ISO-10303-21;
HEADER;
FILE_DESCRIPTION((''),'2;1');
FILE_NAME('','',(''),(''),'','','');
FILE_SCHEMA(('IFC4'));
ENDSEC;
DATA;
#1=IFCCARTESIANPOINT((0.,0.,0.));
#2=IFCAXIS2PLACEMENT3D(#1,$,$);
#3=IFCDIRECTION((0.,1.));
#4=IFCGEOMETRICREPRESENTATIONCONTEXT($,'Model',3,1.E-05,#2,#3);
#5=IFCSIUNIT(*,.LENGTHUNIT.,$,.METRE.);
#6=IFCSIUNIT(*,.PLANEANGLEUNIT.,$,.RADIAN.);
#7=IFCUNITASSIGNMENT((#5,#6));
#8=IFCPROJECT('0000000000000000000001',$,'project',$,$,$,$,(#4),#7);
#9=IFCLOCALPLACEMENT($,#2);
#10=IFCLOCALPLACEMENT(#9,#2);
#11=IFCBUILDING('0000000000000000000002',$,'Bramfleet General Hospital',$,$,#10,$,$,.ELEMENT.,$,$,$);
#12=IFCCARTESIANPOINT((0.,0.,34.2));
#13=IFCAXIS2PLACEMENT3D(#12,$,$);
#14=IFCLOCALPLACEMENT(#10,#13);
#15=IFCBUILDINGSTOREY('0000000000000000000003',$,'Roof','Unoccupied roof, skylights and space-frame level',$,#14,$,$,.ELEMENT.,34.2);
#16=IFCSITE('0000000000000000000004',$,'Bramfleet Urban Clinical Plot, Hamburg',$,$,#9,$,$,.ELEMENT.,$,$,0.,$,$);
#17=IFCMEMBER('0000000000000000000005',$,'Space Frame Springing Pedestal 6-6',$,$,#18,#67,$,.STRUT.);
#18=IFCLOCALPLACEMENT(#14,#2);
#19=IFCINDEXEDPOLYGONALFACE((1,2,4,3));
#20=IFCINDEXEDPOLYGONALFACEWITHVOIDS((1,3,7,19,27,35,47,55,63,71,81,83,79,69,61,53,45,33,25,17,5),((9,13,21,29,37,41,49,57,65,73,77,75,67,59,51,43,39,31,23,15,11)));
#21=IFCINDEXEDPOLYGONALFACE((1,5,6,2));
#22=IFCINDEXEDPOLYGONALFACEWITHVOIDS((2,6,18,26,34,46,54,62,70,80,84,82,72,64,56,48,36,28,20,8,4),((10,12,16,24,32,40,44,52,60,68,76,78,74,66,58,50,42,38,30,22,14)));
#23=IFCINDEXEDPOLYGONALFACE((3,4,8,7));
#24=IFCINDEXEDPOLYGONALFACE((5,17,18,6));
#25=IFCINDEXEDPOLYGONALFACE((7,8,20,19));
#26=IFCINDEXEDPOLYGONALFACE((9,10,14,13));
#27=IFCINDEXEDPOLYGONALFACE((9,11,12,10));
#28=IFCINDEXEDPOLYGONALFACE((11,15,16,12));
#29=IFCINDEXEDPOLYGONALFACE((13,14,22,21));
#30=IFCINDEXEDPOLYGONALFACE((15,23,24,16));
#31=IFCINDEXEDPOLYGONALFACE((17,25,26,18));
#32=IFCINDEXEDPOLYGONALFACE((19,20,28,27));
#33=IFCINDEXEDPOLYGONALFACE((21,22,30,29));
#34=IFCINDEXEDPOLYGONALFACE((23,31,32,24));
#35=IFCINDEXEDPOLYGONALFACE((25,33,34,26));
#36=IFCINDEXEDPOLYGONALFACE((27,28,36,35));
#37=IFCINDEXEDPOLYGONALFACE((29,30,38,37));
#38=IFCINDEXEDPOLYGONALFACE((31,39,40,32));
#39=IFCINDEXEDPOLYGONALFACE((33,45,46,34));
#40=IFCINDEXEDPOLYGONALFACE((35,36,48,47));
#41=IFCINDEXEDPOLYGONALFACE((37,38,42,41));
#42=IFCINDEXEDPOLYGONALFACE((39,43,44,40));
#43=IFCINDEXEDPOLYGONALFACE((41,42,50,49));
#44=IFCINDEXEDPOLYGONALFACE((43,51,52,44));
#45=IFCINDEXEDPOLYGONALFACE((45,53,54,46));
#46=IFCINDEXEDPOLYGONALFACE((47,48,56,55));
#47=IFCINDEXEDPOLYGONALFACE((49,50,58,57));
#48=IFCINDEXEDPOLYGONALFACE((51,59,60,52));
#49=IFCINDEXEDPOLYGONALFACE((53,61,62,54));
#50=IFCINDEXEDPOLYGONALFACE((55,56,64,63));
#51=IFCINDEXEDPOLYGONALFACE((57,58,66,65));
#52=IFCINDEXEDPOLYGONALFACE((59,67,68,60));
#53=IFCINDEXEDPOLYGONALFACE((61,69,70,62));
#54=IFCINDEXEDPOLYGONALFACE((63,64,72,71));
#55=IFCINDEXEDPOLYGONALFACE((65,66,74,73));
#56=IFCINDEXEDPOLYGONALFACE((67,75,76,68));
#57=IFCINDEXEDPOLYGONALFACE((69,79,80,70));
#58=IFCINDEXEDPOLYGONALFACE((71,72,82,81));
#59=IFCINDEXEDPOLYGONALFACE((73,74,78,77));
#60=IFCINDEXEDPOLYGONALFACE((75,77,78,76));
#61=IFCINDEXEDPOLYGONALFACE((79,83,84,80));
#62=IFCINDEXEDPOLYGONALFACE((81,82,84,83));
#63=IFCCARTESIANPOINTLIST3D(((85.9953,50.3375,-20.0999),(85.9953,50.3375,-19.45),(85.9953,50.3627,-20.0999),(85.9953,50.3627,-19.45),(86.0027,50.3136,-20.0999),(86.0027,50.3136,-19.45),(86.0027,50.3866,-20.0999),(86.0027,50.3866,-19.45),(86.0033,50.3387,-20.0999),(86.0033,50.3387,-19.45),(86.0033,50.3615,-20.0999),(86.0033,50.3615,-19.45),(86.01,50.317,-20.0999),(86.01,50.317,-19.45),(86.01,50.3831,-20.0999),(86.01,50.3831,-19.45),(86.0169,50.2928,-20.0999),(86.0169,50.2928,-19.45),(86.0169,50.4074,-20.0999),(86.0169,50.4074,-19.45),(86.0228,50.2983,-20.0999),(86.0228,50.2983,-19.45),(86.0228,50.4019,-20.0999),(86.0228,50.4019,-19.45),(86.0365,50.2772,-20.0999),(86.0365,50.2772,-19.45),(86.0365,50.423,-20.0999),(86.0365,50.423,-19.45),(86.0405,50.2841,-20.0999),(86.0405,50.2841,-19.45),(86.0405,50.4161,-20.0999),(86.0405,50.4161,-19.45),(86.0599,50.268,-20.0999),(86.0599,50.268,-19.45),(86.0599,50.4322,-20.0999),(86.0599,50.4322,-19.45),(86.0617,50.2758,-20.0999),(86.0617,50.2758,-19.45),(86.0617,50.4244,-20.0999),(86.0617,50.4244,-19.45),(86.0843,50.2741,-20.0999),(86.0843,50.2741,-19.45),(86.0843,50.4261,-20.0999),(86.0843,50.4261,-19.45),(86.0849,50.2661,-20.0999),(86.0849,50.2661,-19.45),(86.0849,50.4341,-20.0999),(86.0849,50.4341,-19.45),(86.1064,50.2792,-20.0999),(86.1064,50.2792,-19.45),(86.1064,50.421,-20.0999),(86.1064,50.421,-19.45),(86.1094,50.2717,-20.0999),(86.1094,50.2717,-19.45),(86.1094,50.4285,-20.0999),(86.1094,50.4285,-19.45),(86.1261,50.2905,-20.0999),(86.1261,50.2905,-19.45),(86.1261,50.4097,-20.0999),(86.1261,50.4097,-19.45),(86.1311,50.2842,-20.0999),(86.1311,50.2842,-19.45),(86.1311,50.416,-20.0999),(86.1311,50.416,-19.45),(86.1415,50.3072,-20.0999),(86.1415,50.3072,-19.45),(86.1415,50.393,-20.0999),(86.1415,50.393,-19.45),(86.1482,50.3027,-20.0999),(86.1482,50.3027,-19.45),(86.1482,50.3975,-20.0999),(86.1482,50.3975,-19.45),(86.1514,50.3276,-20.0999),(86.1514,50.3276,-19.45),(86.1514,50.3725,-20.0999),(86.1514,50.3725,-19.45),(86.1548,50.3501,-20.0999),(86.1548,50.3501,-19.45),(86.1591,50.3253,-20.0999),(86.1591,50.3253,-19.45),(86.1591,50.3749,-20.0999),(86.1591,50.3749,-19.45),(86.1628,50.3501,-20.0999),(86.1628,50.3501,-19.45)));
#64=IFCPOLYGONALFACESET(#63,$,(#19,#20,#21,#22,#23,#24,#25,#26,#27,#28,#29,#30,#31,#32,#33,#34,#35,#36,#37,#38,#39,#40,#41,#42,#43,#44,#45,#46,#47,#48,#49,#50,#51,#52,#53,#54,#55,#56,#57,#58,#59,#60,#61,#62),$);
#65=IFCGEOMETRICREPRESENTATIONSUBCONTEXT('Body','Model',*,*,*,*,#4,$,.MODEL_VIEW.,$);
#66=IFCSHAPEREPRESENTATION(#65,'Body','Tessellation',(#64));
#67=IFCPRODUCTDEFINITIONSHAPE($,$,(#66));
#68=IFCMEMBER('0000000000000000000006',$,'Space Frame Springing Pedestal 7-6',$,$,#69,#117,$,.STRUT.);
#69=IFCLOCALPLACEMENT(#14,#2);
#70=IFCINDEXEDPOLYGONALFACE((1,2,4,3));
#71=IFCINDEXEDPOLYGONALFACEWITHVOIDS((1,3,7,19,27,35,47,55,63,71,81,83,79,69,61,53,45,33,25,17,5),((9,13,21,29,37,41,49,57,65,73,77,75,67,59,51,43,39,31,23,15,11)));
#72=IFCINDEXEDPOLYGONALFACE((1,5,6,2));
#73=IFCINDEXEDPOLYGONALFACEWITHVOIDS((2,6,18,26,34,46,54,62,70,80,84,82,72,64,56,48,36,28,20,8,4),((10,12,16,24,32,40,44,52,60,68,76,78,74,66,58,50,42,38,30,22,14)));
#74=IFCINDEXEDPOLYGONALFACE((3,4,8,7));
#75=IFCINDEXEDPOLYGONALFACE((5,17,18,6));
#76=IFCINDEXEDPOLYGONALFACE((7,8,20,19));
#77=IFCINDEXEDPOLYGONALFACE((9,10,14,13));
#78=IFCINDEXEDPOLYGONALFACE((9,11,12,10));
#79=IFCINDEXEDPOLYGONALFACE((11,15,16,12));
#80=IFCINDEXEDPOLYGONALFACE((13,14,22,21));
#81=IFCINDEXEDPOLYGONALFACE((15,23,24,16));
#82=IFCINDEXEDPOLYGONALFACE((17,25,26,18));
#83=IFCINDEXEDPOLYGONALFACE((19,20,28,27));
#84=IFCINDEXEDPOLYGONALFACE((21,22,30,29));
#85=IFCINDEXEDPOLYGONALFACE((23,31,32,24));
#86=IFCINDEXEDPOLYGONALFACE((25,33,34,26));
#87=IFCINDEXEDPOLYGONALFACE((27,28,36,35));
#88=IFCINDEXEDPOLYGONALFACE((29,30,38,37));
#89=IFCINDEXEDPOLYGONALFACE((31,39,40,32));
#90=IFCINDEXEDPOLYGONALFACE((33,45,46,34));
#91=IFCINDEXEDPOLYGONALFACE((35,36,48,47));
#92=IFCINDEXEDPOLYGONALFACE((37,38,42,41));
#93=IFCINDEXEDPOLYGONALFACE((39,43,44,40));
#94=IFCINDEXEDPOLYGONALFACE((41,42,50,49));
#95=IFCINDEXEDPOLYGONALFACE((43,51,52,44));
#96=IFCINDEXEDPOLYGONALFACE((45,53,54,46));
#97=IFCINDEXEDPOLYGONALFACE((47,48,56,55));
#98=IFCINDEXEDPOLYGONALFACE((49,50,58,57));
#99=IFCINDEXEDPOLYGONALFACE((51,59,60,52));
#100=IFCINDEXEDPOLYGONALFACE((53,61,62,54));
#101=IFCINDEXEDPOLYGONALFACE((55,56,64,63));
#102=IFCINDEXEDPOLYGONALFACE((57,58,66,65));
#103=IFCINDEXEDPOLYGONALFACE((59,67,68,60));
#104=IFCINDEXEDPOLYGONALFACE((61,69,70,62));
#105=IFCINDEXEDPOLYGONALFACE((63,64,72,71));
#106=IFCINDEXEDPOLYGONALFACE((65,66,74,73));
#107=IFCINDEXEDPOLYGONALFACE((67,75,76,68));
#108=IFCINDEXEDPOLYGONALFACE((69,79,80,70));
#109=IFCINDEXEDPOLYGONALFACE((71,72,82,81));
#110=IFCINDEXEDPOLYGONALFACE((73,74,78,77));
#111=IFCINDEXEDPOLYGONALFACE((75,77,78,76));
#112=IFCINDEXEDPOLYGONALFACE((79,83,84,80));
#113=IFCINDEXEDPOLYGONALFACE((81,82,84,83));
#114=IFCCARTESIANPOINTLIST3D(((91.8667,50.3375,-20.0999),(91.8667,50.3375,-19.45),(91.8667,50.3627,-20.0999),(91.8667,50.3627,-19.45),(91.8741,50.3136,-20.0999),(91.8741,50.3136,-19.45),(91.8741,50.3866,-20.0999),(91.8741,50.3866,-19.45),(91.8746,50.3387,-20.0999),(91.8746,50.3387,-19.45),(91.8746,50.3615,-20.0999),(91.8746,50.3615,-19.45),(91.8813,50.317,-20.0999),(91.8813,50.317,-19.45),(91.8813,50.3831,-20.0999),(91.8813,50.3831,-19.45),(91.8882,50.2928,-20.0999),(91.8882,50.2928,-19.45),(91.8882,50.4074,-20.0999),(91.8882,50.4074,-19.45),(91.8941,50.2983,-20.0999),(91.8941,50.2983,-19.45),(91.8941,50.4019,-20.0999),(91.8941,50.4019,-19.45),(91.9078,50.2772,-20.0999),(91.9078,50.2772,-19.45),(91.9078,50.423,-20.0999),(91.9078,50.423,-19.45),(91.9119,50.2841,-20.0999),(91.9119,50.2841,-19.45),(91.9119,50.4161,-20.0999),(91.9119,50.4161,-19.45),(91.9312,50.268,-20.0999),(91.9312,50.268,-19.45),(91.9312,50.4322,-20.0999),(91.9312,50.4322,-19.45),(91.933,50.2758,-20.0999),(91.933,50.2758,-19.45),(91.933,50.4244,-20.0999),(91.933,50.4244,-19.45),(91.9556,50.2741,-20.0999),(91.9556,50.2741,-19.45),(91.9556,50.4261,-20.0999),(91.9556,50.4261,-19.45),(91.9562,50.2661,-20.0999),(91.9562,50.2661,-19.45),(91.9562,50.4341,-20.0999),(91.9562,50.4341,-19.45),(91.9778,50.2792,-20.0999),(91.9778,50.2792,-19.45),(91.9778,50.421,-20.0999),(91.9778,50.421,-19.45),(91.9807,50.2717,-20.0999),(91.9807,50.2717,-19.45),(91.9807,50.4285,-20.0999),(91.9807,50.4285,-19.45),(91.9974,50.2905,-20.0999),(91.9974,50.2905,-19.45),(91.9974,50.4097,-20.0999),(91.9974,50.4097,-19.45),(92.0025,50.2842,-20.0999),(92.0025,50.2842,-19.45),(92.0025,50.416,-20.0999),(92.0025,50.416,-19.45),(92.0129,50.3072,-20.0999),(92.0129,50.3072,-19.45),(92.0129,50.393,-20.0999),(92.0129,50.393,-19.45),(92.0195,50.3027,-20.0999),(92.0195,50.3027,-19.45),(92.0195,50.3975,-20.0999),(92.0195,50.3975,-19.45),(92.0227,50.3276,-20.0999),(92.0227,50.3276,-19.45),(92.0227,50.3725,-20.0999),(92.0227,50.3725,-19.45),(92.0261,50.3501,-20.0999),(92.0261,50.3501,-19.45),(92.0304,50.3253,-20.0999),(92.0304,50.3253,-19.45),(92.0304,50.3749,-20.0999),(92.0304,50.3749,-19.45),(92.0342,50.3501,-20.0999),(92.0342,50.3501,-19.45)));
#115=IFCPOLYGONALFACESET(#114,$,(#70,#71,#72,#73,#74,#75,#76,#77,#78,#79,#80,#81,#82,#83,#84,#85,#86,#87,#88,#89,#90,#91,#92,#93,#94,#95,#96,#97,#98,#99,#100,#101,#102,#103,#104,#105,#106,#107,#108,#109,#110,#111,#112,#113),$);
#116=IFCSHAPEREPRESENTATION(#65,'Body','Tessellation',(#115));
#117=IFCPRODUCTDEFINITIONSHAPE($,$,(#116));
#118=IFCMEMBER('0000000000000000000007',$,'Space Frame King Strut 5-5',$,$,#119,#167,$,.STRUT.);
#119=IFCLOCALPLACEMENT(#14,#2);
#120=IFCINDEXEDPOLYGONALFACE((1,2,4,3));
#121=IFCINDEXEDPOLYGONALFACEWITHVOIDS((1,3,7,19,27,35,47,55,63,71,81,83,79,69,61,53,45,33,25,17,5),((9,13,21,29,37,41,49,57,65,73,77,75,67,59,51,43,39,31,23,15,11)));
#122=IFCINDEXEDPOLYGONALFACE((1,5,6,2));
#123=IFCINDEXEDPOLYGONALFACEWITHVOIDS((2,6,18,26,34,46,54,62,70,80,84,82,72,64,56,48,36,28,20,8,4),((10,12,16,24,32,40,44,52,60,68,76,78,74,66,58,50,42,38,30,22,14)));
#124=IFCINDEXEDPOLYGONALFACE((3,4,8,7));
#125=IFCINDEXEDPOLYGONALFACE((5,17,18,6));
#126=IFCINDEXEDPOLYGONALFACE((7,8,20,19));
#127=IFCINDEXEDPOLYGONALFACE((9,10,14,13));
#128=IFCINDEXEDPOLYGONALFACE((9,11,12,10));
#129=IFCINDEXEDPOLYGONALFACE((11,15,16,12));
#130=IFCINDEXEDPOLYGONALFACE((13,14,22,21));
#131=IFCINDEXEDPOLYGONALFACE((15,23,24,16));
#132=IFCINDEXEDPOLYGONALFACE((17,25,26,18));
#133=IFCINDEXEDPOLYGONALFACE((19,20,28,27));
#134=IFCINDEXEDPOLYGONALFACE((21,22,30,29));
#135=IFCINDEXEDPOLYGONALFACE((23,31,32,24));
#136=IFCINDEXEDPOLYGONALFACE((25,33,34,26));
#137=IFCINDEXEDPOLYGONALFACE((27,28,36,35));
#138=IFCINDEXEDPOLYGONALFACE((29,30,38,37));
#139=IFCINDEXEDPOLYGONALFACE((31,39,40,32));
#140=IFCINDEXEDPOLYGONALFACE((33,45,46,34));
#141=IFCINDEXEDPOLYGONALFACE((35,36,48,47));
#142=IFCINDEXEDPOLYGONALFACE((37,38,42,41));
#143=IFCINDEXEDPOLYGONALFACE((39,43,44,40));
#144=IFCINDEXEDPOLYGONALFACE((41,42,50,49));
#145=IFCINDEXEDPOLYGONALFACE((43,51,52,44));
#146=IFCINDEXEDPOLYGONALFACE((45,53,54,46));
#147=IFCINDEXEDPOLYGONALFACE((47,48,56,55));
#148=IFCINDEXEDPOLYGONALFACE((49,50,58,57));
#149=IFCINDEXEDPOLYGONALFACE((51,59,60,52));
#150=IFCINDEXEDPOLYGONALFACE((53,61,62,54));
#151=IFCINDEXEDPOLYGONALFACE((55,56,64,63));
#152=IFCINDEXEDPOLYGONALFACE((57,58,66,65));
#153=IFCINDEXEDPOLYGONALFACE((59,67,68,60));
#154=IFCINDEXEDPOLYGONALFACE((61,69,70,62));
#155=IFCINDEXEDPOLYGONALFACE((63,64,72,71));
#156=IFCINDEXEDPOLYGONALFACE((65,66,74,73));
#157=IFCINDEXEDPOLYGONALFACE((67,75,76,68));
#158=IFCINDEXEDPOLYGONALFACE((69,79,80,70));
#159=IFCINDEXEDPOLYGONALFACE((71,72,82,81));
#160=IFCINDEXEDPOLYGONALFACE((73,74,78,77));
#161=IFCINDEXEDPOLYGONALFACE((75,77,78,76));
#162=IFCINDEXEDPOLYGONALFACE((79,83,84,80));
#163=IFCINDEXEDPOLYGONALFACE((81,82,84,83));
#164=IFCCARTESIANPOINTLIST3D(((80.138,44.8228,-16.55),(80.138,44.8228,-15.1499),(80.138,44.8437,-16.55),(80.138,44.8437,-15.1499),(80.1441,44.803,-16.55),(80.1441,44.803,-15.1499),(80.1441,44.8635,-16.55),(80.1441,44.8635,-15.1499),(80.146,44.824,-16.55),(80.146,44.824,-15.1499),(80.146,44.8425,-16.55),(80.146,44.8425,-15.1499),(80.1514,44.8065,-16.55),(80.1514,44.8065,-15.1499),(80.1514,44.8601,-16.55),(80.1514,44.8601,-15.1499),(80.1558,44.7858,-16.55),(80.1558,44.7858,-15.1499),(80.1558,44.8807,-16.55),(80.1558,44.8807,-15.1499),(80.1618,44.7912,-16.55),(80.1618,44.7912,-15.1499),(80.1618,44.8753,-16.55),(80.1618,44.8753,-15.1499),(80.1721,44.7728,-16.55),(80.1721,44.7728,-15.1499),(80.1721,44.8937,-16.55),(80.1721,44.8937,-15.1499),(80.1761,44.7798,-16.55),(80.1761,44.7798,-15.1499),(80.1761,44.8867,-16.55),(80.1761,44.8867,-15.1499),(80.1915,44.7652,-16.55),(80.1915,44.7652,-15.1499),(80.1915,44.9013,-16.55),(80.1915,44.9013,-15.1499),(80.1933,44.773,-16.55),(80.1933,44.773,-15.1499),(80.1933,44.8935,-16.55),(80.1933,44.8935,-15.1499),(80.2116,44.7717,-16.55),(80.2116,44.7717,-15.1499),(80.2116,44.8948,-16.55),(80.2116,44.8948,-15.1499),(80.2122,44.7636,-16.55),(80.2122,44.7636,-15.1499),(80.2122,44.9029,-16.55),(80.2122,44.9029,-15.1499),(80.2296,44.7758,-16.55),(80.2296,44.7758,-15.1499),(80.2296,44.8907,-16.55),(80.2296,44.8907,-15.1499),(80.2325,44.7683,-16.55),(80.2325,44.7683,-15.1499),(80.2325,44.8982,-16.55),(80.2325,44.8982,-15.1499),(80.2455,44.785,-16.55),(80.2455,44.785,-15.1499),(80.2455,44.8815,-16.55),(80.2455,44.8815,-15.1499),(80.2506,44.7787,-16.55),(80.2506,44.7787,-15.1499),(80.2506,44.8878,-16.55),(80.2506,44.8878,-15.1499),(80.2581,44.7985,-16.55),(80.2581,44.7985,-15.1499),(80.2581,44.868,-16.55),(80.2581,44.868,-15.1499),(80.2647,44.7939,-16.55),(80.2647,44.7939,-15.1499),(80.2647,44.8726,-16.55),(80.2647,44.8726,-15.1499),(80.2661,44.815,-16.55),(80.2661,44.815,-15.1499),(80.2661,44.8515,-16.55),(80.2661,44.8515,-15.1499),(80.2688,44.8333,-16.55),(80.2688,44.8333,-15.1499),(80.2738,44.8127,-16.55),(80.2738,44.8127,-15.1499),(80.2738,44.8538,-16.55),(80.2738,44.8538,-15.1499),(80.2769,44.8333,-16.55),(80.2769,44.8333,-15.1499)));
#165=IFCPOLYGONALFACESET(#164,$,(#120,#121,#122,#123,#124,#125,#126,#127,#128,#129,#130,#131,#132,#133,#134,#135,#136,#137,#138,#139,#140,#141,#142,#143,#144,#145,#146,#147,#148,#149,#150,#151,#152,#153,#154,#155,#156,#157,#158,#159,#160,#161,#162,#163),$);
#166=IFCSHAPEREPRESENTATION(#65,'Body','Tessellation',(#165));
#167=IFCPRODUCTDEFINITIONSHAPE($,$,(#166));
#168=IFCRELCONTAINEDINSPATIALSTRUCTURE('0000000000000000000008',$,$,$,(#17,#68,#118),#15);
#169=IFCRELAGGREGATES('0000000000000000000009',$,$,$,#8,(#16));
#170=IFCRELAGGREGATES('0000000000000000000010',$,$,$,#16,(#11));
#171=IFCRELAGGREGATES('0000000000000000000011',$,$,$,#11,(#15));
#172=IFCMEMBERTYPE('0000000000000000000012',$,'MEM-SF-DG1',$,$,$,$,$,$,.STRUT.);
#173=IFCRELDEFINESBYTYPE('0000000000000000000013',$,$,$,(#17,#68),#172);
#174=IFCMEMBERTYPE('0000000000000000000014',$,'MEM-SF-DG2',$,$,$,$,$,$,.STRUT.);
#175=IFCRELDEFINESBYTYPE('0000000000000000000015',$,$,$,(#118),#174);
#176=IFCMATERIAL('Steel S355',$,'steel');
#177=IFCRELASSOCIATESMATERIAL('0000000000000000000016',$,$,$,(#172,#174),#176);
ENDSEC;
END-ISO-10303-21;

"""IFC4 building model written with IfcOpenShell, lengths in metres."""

from ifc_helpers import new_model, si_unit, direction, frame, origin, origin_2d, place, context, subcontext, project, spatial, hollow_circle, extrude, material, material_profile, profile_set, type_object, element, save


model = new_model("IFC4")

# Units and contexts
model_context = context("Model", 3, precision=1e-05, world=origin(), true_north=direction((0.0, 1.0)))
body_context = subcontext(model_context, "Body", "Model", "MODEL_VIEW")
ifc_project = project(units=[si_unit("LENGTHUNIT", "METRE"), si_unit("PLANEANGLEUNIT", "RADIAN")], contexts=[model_context])

# Site, building, storey
site_placement = place(None, origin())
site = spatial("IfcSite", under=ifc_project, at=site_placement, Name="Bramfleet Urban Clinical Plot, Hamburg", CompositionType="ELEMENT", RefElevation=0.0)
building_placement = place(site_placement, origin())
building = spatial("IfcBuilding", under=site, at=building_placement, Name="Bramfleet General Hospital", CompositionType="ELEMENT")
storey_placement = place(building_placement, frame((0.0, 0.0, 34.2)))
storey = spatial("IfcBuildingStorey", under=building, at=storey_placement, Name="Roof", Description="Unoccupied roof, skylights and space-frame level", CompositionType="ELEMENT", Elevation=34.2)

# Members
ifc_material = material(Name="Steel S355", Category="steel")
ifc_material_profile_1 = material_profile(ifc_material, hollow_circle(Radius=0.0842, WallThickness=0.0081, at=origin_2d()), Name="CHS 168.3x8.0")
ifc_profile_set_1 = profile_set([ifc_material_profile_1], Name="Steel S355")
member_type_1 = type_object("IfcMemberType", Name="MEM-SF-DG1", PredefinedType="STRUT", material=ifc_profile_set_1)
for number, where, z_axis, x_axis, name in (
    (1, (86.0786, 50.3501, -20.0999), (0.0, 0.0, 1.0), (1.0, 0.0, 0.0), "Space Frame Springing Pedestal 6-6"),
    (2, (91.95, 50.3501, -20.0999), (0.0, 0.0, 1.0), (1.0, 0.0, 0.0), "Space Frame Springing Pedestal 7-6"),
):
    element("IfcMember", number, at=place(storey_placement, frame(where, z_axis=z_axis, x_axis=x_axis)), inside=storey, type_object=member_type_1, Name=name, PredefinedType="STRUT", context=body_context, shape_type="SweptSolid", body=[
        extrude(hollow_circle(Radius=0.0842, WallThickness=0.0081, at=origin_2d()), origin(), (0.0, 0.0, 1.0), 0.6499),
    ])
ifc_material_profile_2 = material_profile(ifc_material, hollow_circle(Radius=0.0698, WallThickness=0.0081, at=origin_2d()), Name="CHS 139.7x8.0")
ifc_profile_set_2 = profile_set([ifc_material_profile_2], Name="Steel S355")
member_type_2 = type_object("IfcMemberType", Name="MEM-SF-DG2", PredefinedType="STRUT", material=ifc_profile_set_2)
member_1_placement = place(storey_placement, frame((80.207, 44.8333, -16.55), z_axis=(0.0, 0.0, 1.0), x_axis=(1.0, 0.0, 0.0)))
element("IfcMember", 3, at=member_1_placement, inside=storey, type_object=member_type_2, Name="Space Frame King Strut 5-5", PredefinedType="STRUT", context=body_context, shape_type="SweptSolid", body=[
    extrude(hollow_circle(Radius=0.0698, WallThickness=0.0081, at=origin_2d()), origin(), (0.0, 0.0, 1.0), 1.4001),
])

save(model, "model.ifc")
